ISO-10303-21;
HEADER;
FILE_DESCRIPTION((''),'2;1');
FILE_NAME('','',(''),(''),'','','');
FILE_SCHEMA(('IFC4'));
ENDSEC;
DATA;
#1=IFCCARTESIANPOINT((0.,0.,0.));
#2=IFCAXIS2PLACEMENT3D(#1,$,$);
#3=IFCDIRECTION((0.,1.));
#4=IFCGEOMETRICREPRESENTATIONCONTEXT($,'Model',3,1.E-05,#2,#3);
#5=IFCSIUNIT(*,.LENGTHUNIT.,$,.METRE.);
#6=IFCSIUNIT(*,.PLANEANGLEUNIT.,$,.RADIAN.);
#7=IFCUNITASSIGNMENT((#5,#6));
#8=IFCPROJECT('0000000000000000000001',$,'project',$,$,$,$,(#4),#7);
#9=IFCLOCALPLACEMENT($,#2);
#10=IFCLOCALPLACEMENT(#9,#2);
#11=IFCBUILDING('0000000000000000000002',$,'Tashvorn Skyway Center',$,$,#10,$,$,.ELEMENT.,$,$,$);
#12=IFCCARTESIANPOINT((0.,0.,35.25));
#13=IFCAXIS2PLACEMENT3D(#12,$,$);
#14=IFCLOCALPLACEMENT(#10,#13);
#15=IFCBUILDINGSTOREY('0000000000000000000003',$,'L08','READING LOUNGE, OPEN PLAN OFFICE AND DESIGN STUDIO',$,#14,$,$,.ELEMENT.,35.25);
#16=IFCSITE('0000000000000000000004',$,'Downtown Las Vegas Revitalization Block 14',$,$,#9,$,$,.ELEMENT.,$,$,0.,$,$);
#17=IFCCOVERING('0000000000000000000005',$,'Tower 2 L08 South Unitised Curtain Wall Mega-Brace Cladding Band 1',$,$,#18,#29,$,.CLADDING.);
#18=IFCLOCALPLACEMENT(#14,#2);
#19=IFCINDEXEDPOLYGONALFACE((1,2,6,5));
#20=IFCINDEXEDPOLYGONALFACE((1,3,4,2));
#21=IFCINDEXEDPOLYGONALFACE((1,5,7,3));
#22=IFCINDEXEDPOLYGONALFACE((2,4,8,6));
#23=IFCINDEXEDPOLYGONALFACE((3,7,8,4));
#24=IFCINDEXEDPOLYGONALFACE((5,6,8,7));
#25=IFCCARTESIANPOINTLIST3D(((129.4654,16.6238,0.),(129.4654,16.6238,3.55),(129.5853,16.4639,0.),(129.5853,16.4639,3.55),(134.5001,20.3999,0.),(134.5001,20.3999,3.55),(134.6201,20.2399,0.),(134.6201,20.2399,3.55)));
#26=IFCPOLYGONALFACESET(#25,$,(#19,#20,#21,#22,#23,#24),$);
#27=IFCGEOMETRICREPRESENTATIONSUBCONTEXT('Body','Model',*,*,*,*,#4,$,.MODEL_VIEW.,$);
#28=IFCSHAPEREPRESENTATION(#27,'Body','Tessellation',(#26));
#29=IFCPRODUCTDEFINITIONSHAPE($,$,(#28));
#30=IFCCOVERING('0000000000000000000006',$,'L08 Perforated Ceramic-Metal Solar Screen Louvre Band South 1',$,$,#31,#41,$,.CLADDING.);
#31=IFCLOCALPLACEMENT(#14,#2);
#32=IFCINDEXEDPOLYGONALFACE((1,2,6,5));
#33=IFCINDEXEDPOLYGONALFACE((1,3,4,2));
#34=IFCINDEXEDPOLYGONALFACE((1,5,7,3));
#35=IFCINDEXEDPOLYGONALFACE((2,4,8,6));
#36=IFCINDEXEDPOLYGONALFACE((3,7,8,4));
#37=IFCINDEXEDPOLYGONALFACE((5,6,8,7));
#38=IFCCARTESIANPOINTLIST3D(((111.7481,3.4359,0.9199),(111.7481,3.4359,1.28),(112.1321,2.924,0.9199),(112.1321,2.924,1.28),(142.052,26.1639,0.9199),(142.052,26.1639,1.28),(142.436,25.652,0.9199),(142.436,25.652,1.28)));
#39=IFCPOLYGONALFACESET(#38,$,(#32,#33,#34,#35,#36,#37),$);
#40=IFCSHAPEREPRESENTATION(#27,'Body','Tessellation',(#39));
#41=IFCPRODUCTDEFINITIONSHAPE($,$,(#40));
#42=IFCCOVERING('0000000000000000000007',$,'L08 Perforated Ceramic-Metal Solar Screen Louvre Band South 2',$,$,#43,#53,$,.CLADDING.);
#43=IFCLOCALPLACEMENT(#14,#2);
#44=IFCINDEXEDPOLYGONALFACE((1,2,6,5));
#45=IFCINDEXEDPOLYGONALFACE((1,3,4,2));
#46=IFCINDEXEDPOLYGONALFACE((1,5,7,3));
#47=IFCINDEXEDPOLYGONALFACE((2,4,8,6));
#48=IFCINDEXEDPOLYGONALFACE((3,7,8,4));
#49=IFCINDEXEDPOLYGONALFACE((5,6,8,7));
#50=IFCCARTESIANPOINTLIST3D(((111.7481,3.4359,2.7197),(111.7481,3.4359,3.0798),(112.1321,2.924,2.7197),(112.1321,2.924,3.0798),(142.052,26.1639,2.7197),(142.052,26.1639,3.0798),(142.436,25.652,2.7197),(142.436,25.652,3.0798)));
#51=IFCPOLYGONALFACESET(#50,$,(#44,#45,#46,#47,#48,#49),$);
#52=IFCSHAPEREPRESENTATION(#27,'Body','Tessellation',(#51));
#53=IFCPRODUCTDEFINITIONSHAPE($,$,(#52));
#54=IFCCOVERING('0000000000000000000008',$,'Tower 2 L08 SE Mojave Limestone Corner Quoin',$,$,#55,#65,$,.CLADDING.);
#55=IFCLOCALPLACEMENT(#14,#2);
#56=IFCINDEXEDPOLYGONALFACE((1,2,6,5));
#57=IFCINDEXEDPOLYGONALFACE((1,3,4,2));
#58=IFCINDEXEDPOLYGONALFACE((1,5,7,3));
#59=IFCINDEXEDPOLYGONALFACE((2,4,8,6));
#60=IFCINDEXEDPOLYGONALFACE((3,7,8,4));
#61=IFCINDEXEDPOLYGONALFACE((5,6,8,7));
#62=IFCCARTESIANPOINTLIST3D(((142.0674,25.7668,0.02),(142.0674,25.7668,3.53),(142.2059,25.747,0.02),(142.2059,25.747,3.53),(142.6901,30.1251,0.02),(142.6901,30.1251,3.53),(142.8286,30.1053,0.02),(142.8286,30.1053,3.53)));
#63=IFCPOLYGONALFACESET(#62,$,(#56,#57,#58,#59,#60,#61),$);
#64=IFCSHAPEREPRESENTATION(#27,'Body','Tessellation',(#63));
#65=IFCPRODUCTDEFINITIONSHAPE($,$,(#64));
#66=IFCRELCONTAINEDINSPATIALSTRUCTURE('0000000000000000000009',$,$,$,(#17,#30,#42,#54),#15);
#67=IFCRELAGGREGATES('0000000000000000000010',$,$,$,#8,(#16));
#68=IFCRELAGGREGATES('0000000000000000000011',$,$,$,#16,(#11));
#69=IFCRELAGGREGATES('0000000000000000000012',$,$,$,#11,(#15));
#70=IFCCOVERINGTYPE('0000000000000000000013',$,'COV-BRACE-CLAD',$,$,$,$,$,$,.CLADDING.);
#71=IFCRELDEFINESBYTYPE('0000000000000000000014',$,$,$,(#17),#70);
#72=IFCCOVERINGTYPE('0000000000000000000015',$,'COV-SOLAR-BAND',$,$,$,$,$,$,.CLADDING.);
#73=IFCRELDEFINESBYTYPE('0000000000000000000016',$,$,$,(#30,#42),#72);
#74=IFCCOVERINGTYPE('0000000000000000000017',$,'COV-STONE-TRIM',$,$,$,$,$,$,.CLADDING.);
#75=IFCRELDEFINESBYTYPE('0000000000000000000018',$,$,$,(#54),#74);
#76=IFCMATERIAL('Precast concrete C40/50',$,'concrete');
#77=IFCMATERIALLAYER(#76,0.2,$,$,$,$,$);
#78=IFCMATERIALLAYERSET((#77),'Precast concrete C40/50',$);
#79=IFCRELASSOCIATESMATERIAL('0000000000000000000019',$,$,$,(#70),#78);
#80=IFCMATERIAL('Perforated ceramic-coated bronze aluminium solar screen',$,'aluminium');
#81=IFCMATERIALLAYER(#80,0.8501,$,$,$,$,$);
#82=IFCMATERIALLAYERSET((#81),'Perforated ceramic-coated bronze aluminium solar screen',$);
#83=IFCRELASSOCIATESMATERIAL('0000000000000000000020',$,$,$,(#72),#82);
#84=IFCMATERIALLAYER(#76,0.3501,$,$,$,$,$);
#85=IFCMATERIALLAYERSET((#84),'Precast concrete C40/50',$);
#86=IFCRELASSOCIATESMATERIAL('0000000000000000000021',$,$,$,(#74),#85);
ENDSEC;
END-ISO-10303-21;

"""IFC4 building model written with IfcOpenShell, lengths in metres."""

from ifc_helpers import new_model, si_unit, direction, frame, origin, origin_2d, place, context, subcontext, project, spatial, rectangle, extrude, material, layer, layer_set, type_object, element, save


model = new_model("IFC4")

# Units and contexts
model_context = context("Model", 3, precision=1e-05, world=origin(), true_north=direction((0.0, 1.0)))
body_context = subcontext(model_context, "Body", "Model", "MODEL_VIEW")
ifc_project = project(units=[si_unit("LENGTHUNIT", "METRE"), si_unit("PLANEANGLEUNIT", "RADIAN")], contexts=[model_context])

# Site, building, storey
site_placement = place(None, origin())
site = spatial("IfcSite", under=ifc_project, at=site_placement, Name="Downtown Las Vegas Revitalization Block 14", CompositionType="ELEMENT", RefElevation=0.0)
building_placement = place(site_placement, origin())
building = spatial("IfcBuilding", under=site, at=building_placement, Name="Tashvorn Skyway Center", CompositionType="ELEMENT")
storey_placement = place(building_placement, frame((0.0, 0.0, 35.25)))
storey = spatial("IfcBuildingStorey", under=building, at=storey_placement, Name="L08", Description="READING LOUNGE, OPEN PLAN OFFICE AND DESIGN STUDIO", CompositionType="ELEMENT", Elevation=35.25)

# Shared definitions
ifc_material_1 = material(Name="Precast concrete C40/50", Category="concrete")

# Coverings
ifc_layer_1 = layer(ifc_material_1, 0.2)
ifc_layer_set_1 = layer_set([ifc_layer_1], Name="Precast concrete C40/50")
covering_type_1 = type_object("IfcCoveringType", Name="COV-BRACE-CLAD", PredefinedType="CLADDING", material=ifc_layer_set_1)
covering_1_placement = place(storey_placement, frame((132.0427, 18.4319, 0.0), z_axis=(0.0, 0.0, 1.0), x_axis=(-0.8, -0.6, 0.0)))
element("IfcCovering", 1, at=covering_1_placement, inside=storey, type_object=covering_type_1, Name="Tower 2 L08 South Unitised Curtain Wall Mega-Brace Cladding Band 1", PredefinedType="CLADDING", context=body_context, shape_type="SweptSolid", body=[
    extrude(rectangle(XDim=6.2935, YDim=0.2, at=origin_2d()), origin(), (0.0, 0.0, 1.0), 3.55),
])
ifc_material_2 = material(Name="Perforated ceramic-coated bronze aluminium solar screen", Category="aluminium")
ifc_layer_2 = layer(ifc_material_2, 0.8501)
ifc_layer_set_2 = layer_set([ifc_layer_2], Name="Perforated ceramic-coated bronze aluminium solar screen")
covering_type_2 = type_object("IfcCoveringType", Name="COV-SOLAR-BAND", PredefinedType="CLADDING", material=ifc_layer_set_2)
for number, where, z_axis, x_axis, name in (
    (2, (127.092, 14.5439, 0.9199), (0.0, 0.0, 1.0), (-0.8, -0.6, 0.0), "L08 Perforated Ceramic-Metal Solar Screen Louvre Band South 1"),
    (3, (127.092, 14.5439, 2.7197), (0.0, 0.0, 1.0), (-0.8, -0.6, 0.0), "L08 Perforated Ceramic-Metal Solar Screen Louvre Band South 2"),
):
    element("IfcCovering", number, at=place(storey_placement, frame(where, z_axis=z_axis, x_axis=x_axis)), inside=storey, type_object=covering_type_2, Name=name, PredefinedType="CLADDING", context=body_context, shape_type="SweptSolid", body=[
        extrude(rectangle(XDim=37.8799, YDim=0.6399, at=origin_2d()), origin(), (0.0, 0.0, 1.0), 0.3601),
    ])
ifc_layer_3 = layer(ifc_material_1, 0.3501)
ifc_layer_set_3 = layer_set([ifc_layer_3], Name="Precast concrete C40/50")
covering_type_3 = type_object("IfcCoveringType", Name="COV-STONE-TRIM", PredefinedType="CLADDING", material=ifc_layer_set_3)
covering_2_placement = place(storey_placement, frame((142.448, 27.936, 0.02), z_axis=(0.0, 0.0, 1.0), x_axis=(0.141421, 0.989949, 0.0)))
element("IfcCovering", 4, at=covering_2_placement, inside=storey, type_object=covering_type_3, Name="Tower 2 L08 SE Mojave Limestone Corner Quoin", PredefinedType="CLADDING", context=body_context, shape_type="SweptSolid", body=[
    extrude(rectangle(XDim=4.4026, YDim=0.1399, at=origin_2d()), origin(), (0.0, 0.0, 1.0), 3.51),
])

save(model, "model.ifc")
